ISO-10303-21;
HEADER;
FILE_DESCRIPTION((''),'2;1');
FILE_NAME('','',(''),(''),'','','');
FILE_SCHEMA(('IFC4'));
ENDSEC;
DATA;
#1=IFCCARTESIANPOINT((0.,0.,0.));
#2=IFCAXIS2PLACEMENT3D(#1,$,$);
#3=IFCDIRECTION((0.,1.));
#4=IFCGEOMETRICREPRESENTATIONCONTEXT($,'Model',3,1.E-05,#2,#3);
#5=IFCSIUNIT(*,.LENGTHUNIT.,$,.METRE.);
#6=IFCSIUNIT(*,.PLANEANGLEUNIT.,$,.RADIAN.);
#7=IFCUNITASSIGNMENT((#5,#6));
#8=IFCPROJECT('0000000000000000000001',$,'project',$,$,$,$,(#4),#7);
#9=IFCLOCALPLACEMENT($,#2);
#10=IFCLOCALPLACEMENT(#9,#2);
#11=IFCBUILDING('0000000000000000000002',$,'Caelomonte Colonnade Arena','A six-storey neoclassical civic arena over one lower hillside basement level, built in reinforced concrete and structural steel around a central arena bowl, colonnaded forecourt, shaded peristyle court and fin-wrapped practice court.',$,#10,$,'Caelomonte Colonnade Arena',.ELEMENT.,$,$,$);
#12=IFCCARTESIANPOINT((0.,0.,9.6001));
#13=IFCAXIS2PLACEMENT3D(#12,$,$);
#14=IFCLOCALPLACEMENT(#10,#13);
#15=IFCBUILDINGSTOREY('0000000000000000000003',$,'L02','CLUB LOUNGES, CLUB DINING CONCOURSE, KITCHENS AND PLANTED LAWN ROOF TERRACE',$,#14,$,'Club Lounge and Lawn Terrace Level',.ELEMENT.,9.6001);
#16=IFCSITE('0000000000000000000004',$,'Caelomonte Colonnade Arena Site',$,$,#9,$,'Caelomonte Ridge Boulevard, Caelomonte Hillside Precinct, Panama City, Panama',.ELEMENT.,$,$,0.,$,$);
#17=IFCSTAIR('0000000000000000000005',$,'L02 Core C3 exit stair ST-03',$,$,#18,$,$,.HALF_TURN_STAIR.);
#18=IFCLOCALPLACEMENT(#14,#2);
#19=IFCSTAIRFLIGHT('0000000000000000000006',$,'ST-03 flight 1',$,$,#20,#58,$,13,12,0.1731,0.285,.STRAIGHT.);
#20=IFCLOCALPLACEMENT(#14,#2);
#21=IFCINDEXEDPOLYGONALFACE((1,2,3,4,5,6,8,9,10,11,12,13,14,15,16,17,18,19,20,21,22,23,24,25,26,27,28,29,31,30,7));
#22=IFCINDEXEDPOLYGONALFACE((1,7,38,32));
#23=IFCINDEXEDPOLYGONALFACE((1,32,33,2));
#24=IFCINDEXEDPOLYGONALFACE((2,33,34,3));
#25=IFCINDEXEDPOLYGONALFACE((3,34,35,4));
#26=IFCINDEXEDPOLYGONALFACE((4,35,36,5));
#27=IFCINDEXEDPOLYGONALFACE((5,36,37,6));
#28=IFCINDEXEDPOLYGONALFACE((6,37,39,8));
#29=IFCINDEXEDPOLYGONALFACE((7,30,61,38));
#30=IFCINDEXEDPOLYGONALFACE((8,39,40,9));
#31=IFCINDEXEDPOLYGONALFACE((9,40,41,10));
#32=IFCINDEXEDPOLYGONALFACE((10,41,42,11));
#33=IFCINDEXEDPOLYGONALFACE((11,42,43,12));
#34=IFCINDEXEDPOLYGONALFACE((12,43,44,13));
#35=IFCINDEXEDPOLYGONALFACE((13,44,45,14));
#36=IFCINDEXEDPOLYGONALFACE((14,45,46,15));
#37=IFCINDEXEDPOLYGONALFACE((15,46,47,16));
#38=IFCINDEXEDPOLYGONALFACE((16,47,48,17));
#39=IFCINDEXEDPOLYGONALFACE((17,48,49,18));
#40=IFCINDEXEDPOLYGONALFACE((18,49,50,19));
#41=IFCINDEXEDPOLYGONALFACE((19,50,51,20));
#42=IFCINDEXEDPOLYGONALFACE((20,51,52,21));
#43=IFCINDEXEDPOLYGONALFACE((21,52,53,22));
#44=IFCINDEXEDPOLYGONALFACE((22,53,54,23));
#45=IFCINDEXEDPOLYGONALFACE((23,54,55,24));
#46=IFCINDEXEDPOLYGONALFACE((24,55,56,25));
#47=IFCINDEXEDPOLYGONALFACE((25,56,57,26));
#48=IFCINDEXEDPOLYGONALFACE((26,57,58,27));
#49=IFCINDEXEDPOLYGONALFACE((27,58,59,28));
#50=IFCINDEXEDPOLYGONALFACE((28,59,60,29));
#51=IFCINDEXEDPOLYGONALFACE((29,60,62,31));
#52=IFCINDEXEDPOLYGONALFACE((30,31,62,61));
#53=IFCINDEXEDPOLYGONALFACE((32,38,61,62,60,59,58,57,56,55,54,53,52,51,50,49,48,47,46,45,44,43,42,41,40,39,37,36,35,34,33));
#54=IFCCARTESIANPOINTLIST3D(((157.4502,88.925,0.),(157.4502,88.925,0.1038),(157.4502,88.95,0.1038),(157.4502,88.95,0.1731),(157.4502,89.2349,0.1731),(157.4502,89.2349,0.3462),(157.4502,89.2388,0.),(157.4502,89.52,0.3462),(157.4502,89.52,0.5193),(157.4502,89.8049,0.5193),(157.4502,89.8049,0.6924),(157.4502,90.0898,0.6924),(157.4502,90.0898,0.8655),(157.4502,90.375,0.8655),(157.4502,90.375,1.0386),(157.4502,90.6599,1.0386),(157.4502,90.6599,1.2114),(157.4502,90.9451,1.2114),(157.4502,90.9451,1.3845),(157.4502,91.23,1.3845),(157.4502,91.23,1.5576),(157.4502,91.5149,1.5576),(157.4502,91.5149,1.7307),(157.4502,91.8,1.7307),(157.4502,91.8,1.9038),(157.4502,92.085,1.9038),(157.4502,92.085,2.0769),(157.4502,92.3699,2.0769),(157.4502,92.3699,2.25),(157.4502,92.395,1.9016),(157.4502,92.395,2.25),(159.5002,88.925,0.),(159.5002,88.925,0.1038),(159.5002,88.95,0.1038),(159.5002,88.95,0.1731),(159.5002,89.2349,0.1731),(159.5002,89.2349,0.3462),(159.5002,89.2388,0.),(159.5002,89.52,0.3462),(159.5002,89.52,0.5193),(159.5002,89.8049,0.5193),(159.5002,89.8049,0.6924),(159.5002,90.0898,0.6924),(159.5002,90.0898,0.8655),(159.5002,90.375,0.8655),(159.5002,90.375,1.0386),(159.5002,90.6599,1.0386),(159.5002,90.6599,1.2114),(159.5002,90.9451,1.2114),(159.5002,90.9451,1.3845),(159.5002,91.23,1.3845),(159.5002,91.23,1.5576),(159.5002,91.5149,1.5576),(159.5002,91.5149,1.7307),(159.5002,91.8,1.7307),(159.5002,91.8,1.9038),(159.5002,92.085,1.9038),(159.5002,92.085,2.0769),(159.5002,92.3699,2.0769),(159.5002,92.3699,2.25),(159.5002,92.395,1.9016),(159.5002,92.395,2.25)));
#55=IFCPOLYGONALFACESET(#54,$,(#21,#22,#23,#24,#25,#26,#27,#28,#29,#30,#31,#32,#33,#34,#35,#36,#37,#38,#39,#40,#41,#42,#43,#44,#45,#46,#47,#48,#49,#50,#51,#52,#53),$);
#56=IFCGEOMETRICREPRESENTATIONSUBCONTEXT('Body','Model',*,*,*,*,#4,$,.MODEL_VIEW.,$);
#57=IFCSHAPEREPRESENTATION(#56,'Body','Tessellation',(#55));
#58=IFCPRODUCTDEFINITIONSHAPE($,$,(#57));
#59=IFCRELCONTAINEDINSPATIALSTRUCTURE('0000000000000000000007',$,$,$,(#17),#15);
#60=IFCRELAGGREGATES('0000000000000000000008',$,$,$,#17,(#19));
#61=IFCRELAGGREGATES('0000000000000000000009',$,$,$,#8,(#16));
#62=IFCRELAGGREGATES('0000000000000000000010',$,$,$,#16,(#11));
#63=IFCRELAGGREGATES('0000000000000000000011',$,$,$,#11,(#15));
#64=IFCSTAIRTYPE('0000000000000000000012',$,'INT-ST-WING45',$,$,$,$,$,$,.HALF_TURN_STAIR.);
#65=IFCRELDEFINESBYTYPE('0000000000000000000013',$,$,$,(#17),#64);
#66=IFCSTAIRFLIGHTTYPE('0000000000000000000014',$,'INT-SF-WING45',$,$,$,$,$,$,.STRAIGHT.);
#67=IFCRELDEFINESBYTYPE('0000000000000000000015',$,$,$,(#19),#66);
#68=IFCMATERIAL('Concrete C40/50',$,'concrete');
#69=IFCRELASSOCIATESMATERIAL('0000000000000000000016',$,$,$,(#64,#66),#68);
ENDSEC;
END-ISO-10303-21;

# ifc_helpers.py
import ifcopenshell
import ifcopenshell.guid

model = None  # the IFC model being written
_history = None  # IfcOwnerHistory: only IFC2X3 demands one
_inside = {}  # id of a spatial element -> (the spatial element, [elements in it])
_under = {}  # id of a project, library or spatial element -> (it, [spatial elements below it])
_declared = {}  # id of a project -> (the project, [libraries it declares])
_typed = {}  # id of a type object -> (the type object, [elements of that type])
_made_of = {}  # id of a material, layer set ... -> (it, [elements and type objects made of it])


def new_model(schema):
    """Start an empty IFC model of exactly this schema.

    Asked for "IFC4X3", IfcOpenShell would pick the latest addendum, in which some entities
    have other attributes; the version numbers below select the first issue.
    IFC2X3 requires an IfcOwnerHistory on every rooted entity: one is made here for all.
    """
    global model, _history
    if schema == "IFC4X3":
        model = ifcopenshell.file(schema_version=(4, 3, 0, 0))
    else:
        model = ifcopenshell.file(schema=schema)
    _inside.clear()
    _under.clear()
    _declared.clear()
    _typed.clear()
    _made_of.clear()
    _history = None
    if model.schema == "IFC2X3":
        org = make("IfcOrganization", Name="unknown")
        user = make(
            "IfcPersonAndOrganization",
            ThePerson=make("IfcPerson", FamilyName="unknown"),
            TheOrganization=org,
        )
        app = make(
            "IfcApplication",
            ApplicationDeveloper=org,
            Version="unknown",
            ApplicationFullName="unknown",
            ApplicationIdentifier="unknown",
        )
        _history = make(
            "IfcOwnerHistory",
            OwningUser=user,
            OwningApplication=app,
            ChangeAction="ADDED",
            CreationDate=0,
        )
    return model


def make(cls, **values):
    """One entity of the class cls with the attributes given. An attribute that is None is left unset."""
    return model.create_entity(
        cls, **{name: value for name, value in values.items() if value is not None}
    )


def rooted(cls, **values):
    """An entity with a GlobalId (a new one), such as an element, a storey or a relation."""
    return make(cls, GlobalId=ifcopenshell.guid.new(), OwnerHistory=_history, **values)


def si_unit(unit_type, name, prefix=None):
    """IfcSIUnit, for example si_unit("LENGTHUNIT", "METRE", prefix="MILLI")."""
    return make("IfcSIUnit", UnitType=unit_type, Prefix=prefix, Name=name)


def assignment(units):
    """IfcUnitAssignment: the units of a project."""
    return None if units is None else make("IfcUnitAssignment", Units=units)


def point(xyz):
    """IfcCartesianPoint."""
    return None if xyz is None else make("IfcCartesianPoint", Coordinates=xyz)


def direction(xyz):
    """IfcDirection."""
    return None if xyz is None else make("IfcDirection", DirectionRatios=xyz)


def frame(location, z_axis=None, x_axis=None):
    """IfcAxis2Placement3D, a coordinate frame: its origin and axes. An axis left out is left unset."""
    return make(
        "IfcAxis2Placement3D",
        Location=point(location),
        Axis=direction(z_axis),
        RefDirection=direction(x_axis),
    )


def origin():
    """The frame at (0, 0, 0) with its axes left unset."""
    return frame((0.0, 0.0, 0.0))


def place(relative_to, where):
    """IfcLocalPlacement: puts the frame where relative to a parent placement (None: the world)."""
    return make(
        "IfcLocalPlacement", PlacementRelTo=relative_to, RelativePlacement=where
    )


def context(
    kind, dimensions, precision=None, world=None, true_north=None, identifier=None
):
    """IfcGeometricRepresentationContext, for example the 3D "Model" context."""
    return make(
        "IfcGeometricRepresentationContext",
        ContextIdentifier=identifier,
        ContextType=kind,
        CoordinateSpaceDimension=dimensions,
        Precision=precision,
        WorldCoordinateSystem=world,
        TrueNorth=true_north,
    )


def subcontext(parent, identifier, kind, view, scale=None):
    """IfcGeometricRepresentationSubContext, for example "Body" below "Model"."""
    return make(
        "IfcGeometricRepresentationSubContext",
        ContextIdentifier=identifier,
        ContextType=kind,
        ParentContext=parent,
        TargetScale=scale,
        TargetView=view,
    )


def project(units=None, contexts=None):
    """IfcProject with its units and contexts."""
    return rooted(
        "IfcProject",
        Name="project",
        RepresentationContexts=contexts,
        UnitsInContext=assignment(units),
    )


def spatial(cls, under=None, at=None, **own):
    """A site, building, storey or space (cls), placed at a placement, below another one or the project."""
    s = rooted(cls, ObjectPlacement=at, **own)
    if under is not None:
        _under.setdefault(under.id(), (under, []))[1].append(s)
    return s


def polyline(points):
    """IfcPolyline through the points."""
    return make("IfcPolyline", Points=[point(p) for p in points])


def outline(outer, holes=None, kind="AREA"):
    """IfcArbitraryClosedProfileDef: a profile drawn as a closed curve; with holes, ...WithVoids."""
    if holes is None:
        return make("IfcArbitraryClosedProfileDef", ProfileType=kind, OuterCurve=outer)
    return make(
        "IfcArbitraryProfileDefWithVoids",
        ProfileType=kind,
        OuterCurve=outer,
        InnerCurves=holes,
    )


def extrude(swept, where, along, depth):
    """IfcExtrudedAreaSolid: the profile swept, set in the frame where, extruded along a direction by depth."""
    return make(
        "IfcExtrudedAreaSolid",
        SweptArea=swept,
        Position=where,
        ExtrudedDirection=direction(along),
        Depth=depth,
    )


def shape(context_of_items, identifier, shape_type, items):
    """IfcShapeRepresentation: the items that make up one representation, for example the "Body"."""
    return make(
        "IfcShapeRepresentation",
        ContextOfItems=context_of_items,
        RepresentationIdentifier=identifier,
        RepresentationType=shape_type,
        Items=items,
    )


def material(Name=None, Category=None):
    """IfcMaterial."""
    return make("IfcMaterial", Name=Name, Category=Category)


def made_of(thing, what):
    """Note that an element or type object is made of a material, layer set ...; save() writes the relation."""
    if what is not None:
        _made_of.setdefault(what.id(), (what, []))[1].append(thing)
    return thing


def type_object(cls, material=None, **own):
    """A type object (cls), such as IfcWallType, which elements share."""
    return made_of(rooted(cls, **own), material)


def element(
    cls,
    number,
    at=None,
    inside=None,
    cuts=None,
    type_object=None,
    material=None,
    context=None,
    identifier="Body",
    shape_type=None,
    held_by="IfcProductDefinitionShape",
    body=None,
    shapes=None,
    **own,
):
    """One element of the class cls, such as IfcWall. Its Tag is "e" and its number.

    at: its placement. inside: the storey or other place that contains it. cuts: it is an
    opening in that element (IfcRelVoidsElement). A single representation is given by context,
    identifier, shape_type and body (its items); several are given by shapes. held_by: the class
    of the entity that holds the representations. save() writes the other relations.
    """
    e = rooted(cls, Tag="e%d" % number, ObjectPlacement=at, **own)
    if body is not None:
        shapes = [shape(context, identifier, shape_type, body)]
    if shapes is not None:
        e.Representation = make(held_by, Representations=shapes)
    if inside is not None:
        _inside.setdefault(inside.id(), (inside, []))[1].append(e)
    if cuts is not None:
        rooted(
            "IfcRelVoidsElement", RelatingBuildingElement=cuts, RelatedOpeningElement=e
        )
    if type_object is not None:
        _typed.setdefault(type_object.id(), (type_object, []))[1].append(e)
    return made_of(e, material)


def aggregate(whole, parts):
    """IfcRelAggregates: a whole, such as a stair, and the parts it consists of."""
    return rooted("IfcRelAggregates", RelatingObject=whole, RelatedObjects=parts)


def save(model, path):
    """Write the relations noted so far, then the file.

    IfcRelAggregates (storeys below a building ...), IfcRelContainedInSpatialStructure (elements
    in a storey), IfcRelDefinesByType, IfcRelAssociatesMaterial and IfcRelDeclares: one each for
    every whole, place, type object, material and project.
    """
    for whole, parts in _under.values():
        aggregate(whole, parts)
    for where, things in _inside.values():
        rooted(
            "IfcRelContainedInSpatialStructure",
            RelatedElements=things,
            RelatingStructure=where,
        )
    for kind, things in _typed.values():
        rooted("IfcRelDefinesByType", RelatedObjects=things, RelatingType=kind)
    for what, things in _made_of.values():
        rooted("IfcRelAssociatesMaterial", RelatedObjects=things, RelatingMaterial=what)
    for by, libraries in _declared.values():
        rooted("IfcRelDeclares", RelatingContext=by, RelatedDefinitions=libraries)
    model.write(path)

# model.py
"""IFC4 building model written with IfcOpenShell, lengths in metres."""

from ifc_helpers import new_model, si_unit, direction, frame, origin, place, context, subcontext, project, spatial, polyline, outline, extrude, material, type_object, element, aggregate, save


model = new_model("IFC4")

# Units and contexts
model_context = context("Model", 3, precision=1e-05, world=origin(), true_north=direction((0.0, 1.0)))
body_context = subcontext(model_context, "Body", "Model", "MODEL_VIEW")
ifc_project = project(units=[si_unit("LENGTHUNIT", "METRE"), si_unit("PLANEANGLEUNIT", "RADIAN")], contexts=[model_context])

# Site, building, storey
site_placement = place(None, origin())
site = spatial("IfcSite", under=ifc_project, at=site_placement, Name="Caelomonte Colonnade Arena Site", LongName="Caelomonte Ridge Boulevard, Caelomonte Hillside Precinct, Panama City, Panama", CompositionType="ELEMENT", RefElevation=0.0)
building_placement = place(site_placement, origin())
building = spatial("IfcBuilding", under=site, at=building_placement, Name="Caelomonte Colonnade Arena", Description="A six-storey neoclassical civic arena over one lower hillside basement level, built in reinforced concrete and structural steel around a central arena bowl, colonnaded forecourt, shaded peristyle court and fin-wrapped practice court.", LongName="Caelomonte Colonnade Arena", CompositionType="ELEMENT")
storey_placement = place(building_placement, frame((0.0, 0.0, 9.6001)))
storey = spatial("IfcBuildingStorey", under=building, at=storey_placement, Name="L02", Description="CLUB LOUNGES, CLUB DINING CONCOURSE, KITCHENS AND PLANTED LAWN ROOF TERRACE", LongName="Club Lounge and Lawn Terrace Level", CompositionType="ELEMENT", Elevation=9.6001)

# Shared definitions
ifc_material_1 = material(Name="Concrete C40/50", Category="concrete")

# Stair, stair flight
stair_type = type_object("IfcStairType", Name="INT-ST-WING45", PredefinedType="HALF_TURN_STAIR", material=ifc_material_1)
stair_placement = place(storey_placement, origin())
stair = element("IfcStair", 1, at=stair_placement, inside=storey, type_object=stair_type, Name="L02 Core C3 exit stair ST-03", PredefinedType="HALF_TURN_STAIR")
stair_flight_type = type_object("IfcStairFlightType", Name="INT-SF-WING45", PredefinedType="STRAIGHT", material=ifc_material_1)
stair_flight_placement = place(storey_placement, frame((158.4751, 88.95, 0.0), z_axis=(0.0, 0.0, 1.0), x_axis=(0.0, 1.0, 0.0)))
stair_flight = element("IfcStairFlight", 2, at=stair_flight_placement, type_object=stair_flight_type, Name="ST-03 flight 1", NumberOfRisers=13, NumberOfTreads=12, PredefinedType="STRAIGHT", RiserHeight=0.1731, TreadLength=0.285, context=body_context, shape_type="SweptSolid", body=[
    extrude(outline(polyline([(-0.0249, 0.0), (-0.0249, 0.1038), (0.0, 0.1038), (0.0, 0.1731), (0.2849, 0.1731), (0.2849, 0.3462), (0.5701, 0.3462), (0.5701, 0.5193), (0.855, 0.5193), (0.855, 0.6924), (1.1399, 0.6924), (1.1399, 0.8655), (1.425, 0.8655), (1.425, 1.0386), (1.71, 1.0386), (1.71, 1.2114), (1.9951, 1.2114), (1.9951, 1.3845), (2.28, 1.3845), (2.28, 1.5576), (2.5649, 1.5576), (2.5649, 1.7307), (2.8501, 1.7307), (2.8501, 1.9038), (3.135, 1.9038), (3.135, 2.0769), (3.4199, 2.0769), (3.4199, 2.25), (3.4451, 2.25), (3.4451, 1.9016), (0.2888, 0.0), (-0.0249, 0.0)])), frame((0.0, 1.0249, 0.0), z_axis=(0.0, -1.0, 0.0), x_axis=(1.0, 0.0, 0.0)), (0.0, 0.0, 1.0), 2.05),
])
aggregate(stair, [stair_flight])

save(model, "model.ifc")
